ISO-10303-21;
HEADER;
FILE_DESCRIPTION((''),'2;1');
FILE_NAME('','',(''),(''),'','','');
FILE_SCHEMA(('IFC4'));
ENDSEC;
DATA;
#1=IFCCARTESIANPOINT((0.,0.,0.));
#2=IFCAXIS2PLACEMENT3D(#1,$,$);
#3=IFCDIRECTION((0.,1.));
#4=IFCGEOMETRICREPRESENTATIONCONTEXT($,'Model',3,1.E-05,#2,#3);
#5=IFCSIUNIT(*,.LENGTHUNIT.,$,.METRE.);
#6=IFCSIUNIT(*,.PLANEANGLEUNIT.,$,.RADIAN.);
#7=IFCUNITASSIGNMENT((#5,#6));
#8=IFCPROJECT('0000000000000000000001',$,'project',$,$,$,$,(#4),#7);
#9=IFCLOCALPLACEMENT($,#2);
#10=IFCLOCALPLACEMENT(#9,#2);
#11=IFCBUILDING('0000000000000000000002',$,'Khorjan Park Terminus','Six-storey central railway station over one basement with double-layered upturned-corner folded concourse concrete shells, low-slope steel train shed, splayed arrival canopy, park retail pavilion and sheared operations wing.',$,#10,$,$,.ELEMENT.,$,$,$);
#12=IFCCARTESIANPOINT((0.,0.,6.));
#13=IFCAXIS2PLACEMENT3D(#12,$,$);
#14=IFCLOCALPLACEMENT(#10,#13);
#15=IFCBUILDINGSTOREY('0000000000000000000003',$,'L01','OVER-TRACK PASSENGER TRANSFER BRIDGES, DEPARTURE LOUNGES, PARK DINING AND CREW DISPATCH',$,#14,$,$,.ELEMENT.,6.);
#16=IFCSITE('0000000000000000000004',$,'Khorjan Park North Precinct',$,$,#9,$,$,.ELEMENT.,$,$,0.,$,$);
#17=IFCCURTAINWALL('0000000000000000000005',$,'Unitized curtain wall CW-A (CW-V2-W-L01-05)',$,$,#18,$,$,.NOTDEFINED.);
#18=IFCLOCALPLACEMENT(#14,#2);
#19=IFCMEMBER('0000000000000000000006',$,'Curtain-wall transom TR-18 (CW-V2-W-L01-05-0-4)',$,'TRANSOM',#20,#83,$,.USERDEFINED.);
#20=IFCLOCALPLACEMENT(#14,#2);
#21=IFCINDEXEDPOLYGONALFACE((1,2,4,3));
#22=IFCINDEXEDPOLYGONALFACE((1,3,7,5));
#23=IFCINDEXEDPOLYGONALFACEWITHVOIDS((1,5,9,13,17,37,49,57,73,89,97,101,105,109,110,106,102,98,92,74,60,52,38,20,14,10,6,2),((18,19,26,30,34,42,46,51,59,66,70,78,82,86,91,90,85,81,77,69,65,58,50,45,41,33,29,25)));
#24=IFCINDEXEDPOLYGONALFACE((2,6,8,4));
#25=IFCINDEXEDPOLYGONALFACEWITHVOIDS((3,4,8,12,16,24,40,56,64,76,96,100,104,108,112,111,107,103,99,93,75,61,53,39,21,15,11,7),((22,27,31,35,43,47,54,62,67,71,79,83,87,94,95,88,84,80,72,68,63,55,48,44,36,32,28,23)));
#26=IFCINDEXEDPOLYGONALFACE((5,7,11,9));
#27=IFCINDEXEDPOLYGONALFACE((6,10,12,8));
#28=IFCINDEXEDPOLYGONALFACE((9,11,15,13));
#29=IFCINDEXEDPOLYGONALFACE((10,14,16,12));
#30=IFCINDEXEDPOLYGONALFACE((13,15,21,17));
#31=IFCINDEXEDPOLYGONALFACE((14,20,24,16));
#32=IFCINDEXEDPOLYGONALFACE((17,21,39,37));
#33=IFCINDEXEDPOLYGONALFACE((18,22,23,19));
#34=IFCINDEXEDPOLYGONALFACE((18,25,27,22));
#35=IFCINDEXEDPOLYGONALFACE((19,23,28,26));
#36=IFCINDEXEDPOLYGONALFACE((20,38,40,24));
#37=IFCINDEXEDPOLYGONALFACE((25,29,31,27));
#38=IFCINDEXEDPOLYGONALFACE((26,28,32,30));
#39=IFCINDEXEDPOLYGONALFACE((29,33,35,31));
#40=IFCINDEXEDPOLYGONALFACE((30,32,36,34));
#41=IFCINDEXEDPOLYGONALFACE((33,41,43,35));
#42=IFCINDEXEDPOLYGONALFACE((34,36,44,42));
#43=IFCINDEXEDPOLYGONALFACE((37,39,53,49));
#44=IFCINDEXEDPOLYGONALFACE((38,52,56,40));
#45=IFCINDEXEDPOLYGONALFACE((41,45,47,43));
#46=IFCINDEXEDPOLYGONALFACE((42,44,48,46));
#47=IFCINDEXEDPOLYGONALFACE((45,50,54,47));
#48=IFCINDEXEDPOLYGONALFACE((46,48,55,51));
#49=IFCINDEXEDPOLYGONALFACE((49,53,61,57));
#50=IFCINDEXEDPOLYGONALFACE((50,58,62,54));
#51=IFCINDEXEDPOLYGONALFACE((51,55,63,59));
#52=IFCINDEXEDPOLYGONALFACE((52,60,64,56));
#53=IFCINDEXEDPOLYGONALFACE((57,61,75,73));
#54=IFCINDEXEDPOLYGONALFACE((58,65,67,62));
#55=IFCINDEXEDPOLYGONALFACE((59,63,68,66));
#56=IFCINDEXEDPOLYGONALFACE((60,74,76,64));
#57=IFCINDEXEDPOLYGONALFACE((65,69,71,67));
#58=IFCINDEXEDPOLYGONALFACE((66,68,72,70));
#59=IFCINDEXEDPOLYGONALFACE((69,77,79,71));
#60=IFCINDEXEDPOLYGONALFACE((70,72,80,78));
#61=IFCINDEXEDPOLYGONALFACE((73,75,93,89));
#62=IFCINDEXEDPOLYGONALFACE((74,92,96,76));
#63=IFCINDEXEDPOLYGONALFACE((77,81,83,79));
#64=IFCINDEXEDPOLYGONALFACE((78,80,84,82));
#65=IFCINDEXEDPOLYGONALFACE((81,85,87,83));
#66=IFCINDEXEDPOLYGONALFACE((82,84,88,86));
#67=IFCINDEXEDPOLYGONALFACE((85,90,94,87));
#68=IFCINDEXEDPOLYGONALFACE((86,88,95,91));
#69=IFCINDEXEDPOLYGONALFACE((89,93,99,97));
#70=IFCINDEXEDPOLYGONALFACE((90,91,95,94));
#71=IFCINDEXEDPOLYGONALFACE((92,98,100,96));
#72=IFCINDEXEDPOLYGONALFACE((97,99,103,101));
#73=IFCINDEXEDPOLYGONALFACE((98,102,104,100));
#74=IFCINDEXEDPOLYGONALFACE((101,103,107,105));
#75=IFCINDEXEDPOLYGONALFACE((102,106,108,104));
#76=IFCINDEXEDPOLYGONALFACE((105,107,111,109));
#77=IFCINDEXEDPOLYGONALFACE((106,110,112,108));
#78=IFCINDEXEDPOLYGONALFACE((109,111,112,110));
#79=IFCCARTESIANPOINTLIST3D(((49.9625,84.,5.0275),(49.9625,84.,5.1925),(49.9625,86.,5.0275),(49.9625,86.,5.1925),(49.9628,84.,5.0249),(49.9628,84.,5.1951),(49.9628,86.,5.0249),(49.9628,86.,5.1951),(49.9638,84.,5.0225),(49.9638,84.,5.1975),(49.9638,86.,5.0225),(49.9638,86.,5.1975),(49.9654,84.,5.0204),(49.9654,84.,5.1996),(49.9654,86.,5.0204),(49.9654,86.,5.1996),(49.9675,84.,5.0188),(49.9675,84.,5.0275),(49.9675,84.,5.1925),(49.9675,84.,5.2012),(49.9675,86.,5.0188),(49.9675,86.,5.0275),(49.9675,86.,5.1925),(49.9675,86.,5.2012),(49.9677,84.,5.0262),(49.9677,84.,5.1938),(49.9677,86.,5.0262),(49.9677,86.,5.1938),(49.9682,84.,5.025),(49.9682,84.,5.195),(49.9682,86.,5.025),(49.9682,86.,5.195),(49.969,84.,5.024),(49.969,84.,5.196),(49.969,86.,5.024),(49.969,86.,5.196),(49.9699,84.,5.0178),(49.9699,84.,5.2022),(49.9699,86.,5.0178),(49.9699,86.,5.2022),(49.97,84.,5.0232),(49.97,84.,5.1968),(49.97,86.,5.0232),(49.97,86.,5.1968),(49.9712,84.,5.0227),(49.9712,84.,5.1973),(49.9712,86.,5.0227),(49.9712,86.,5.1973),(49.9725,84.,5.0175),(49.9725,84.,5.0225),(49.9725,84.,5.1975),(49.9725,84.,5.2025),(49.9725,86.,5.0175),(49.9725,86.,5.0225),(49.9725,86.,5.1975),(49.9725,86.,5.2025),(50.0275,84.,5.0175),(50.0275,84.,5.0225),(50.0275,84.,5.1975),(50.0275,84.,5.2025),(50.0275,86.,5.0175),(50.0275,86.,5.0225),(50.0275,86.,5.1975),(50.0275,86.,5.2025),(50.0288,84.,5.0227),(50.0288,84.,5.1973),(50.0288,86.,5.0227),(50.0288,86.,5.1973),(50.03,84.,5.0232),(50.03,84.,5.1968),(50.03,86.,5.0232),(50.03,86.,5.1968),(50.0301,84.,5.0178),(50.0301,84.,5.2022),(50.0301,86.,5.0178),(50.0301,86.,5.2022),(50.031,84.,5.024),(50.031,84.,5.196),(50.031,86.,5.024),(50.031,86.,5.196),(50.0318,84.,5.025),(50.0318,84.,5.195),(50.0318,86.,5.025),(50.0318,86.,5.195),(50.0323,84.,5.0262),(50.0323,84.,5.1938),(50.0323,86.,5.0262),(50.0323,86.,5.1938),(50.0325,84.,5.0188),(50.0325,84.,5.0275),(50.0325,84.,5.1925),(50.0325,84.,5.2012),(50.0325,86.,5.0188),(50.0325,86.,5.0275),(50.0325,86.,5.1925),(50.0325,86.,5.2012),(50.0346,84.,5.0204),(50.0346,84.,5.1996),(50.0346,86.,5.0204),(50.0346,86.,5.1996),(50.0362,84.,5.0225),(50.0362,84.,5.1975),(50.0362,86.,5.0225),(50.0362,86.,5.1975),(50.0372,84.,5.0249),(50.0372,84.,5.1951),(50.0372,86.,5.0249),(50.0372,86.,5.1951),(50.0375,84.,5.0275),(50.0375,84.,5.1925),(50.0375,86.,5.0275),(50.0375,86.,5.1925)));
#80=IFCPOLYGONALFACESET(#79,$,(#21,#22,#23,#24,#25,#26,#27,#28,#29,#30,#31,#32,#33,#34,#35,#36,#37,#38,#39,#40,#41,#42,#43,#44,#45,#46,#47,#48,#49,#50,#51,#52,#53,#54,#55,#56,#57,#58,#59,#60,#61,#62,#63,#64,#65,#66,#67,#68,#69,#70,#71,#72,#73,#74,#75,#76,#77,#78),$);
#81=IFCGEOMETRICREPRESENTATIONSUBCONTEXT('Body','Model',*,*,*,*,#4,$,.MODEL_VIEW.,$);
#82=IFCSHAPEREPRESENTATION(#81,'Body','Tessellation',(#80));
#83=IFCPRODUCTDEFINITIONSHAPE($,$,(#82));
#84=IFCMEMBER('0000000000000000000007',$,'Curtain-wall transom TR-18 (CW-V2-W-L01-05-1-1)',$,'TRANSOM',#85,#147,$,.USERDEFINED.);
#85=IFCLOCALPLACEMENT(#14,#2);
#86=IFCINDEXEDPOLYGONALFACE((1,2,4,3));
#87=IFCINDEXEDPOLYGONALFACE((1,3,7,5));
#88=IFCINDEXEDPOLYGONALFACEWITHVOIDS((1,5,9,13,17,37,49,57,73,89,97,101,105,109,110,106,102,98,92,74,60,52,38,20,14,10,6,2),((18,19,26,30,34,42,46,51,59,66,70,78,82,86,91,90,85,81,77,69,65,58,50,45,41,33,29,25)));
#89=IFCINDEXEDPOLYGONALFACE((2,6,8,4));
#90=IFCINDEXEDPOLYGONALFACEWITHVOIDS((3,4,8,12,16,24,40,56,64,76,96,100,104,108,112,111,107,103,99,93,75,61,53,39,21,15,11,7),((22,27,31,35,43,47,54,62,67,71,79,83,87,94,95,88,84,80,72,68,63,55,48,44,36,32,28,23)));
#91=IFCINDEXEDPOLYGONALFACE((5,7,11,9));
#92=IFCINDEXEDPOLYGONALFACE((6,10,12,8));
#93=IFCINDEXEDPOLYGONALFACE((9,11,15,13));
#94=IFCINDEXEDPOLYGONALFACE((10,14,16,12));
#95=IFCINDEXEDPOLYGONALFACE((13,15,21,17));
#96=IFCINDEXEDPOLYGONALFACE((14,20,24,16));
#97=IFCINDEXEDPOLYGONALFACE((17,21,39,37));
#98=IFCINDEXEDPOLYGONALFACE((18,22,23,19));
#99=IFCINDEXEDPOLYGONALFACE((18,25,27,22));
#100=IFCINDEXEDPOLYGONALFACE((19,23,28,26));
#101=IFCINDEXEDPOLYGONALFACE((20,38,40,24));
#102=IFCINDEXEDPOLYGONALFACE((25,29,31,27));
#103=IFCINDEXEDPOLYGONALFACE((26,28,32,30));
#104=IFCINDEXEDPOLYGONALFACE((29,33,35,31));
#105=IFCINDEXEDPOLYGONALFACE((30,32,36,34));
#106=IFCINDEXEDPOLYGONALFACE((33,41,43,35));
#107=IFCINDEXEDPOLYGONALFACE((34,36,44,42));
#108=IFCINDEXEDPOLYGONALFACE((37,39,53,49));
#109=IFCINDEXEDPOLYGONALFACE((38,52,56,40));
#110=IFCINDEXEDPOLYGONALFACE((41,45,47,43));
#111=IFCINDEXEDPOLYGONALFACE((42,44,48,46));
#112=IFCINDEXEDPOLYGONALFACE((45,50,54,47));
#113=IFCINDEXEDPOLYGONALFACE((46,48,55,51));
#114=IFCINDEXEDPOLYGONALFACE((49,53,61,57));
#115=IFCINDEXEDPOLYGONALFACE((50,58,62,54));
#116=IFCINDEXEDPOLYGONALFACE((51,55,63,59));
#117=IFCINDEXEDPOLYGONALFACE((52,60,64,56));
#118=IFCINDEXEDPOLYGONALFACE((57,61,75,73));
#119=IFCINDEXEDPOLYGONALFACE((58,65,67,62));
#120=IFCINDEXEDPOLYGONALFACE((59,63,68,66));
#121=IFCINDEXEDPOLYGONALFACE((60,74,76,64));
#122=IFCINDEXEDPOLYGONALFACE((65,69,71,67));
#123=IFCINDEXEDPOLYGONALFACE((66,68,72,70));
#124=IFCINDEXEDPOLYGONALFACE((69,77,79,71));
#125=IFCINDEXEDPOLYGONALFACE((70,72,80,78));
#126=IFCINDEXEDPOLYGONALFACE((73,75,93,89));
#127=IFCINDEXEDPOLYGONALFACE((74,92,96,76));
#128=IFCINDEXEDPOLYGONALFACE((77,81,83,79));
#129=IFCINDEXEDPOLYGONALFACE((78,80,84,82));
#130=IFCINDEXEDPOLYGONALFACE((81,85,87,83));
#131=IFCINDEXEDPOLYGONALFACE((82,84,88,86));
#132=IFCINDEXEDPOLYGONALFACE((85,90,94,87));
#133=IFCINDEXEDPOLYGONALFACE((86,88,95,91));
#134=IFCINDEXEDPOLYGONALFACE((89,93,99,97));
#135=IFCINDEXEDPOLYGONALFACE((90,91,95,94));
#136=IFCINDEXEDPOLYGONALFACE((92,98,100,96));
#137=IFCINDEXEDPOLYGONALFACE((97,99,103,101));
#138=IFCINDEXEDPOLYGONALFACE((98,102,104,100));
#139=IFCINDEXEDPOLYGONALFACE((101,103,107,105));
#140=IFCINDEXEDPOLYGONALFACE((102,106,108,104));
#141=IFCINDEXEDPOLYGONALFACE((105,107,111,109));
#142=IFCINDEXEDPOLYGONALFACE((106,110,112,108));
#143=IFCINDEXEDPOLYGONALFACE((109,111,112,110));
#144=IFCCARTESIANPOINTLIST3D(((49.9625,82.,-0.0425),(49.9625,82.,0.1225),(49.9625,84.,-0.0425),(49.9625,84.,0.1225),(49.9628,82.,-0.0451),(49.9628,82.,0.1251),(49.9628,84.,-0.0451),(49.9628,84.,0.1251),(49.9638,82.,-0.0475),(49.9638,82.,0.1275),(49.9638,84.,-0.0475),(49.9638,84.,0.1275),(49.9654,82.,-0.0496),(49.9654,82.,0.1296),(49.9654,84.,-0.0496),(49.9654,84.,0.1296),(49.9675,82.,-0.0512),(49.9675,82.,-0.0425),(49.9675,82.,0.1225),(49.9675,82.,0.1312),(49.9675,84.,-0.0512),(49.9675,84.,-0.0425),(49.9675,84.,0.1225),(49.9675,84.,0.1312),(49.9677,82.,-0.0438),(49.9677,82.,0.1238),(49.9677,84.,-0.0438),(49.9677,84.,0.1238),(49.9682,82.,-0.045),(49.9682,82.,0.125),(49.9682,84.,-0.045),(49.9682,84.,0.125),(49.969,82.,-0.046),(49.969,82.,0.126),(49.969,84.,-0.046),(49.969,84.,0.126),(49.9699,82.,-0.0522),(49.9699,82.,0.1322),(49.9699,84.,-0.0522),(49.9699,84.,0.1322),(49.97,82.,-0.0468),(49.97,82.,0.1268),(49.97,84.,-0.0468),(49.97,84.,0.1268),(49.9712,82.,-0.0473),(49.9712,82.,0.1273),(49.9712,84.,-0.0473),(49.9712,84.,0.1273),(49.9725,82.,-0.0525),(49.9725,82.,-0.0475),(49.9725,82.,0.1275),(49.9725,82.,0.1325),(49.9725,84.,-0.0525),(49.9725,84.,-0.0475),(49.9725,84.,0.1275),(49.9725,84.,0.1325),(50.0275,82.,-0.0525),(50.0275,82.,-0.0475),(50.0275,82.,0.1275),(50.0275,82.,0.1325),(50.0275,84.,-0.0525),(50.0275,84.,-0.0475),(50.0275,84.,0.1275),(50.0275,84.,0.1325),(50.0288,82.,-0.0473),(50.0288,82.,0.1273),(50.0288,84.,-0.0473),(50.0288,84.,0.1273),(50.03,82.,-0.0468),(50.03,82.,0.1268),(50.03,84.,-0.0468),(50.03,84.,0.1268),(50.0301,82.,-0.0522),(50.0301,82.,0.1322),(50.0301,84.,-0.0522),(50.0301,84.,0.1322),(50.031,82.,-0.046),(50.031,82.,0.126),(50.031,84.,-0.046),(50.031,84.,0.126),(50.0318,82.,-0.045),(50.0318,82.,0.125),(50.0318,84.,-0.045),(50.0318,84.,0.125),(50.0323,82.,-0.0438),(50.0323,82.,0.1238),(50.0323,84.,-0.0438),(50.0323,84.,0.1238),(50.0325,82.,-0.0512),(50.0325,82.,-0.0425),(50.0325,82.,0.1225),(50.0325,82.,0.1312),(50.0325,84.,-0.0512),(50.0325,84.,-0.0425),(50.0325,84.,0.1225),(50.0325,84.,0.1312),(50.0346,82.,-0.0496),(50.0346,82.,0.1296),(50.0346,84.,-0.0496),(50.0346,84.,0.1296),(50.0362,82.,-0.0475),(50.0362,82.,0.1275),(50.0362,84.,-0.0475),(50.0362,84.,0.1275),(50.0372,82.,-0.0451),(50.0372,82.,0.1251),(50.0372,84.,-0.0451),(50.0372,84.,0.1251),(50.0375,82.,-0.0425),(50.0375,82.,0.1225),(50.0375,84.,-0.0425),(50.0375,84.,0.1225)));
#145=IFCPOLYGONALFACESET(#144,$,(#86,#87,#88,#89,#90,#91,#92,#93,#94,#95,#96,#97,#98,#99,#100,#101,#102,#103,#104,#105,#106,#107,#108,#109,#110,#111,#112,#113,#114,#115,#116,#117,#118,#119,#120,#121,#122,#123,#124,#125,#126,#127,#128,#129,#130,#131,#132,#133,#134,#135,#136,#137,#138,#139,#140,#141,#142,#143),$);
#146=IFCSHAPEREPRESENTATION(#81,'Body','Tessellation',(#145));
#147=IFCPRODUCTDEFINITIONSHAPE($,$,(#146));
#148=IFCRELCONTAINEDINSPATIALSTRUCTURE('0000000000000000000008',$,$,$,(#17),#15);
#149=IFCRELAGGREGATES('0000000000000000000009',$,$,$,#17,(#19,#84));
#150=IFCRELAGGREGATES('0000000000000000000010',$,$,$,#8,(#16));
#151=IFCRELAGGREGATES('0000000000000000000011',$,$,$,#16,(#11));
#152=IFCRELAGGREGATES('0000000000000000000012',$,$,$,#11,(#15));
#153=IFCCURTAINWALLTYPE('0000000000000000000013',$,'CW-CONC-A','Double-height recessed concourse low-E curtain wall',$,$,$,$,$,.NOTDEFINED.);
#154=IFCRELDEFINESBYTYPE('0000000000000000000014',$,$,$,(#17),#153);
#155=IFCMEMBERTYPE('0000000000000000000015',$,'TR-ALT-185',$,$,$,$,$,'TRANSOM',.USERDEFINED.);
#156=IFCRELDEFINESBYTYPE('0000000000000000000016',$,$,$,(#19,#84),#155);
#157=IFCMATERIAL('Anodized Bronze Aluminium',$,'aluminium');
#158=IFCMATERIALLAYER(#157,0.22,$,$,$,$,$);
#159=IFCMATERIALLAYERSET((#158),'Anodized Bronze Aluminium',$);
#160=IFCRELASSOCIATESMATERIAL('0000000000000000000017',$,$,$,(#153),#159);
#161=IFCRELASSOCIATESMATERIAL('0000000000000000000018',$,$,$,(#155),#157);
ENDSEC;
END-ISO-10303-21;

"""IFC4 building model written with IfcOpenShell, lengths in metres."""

from ifc_helpers import new_model, si_unit, direction, frame, origin, origin_2d, place, context, subcontext, project, spatial, hollow_rectangle, extrude, material, layer, layer_set, material_profile, profile_set, type_object, element, aggregate, save


model = new_model("IFC4")

# Units and contexts
model_context = context("Model", 3, precision=1e-05, world=origin(), true_north=direction((0.0, 1.0)))
body_context = subcontext(model_context, "Body", "Model", "MODEL_VIEW")
ifc_project = project(units=[si_unit("LENGTHUNIT", "METRE"), si_unit("PLANEANGLEUNIT", "RADIAN")], contexts=[model_context])

# Site, building, storey
site_placement = place(None, origin())
site = spatial("IfcSite", under=ifc_project, at=site_placement, Name="Khorjan Park North Precinct", CompositionType="ELEMENT", RefElevation=0.0)
building_placement = place(site_placement, origin())
building = spatial("IfcBuilding", under=site, at=building_placement, Name="Khorjan Park Terminus", Description="Six-storey central railway station over one basement with double-layered upturned-corner folded concourse concrete shells, low-slope steel train shed, splayed arrival canopy, park retail pavilion and sheared operations wing.", CompositionType="ELEMENT")
storey_placement = place(building_placement, frame((0.0, 0.0, 6.0)))
storey = spatial("IfcBuildingStorey", under=building, at=storey_placement, Name="L01", Description="OVER-TRACK PASSENGER TRANSFER BRIDGES, DEPARTURE LOUNGES, PARK DINING AND CREW DISPATCH", CompositionType="ELEMENT", Elevation=6.0)

# Shared definitions
ifc_material_1 = material(Name="Anodized Bronze Aluminium", Category="aluminium")
ifc_layer_1 = layer(ifc_material_1, 0.22)
ifc_layer_set_1 = layer_set([ifc_layer_1], Name="Anodized Bronze Aluminium")
curtain_wall_type_1 = type_object("IfcCurtainWallType", Name="CW-CONC-A", Description="Double-height recessed concourse low-E curtain wall", PredefinedType="NOTDEFINED", material=ifc_layer_set_1)

# Curtain wall
curtain_wall_1_placement = place(storey_placement, origin())
curtain_wall_1 = element("IfcCurtainWall", 1, at=curtain_wall_1_placement, inside=storey, type_object=curtain_wall_type_1, Name="Unitized curtain wall CW-A (CW-V2-W-L01-05)", PredefinedType="NOTDEFINED")

# Members
ifc_material_profile_1 = material_profile(ifc_material_1, hollow_rectangle(XDim=0.075, YDim=0.185, WallThickness=0.005, InnerFilletRadius=0.005, OuterFilletRadius=0.01, at=origin_2d()), Name="ALT 75x185x5")
ifc_profile_set_1 = profile_set([ifc_material_profile_1], Name="Anodized Bronze Aluminium")
member_type_1 = type_object("IfcMemberType", Name="TR-ALT-185", ElementType="TRANSOM", PredefinedType="USERDEFINED", material=ifc_profile_set_1)
member_1_placement = place(storey_placement, frame((50.0, 86.0, 5.11), z_axis=(0.0, -1.0, 0.0), x_axis=(1.0, 0.0, 0.0)))
member_1 = element("IfcMember", 2, at=member_1_placement, type_object=member_type_1, Name="Curtain-wall transom TR-18 (CW-V2-W-L01-05-0-4)", ObjectType="TRANSOM", PredefinedType="USERDEFINED", context=body_context, shape_type="SweptSolid", body=[
    extrude(hollow_rectangle(XDim=0.075, YDim=0.185, WallThickness=0.005, InnerFilletRadius=0.005, OuterFilletRadius=0.01, at=origin_2d()), origin(), (0.0, 0.0, 1.0), 2.0),
])
member_2_placement = place(storey_placement, frame((50.0, 84.0, 0.04), z_axis=(0.0, -1.0, 0.0), x_axis=(1.0, 0.0, 0.0)))
member_2 = element("IfcMember", 3, at=member_2_placement, type_object=member_type_1, Name="Curtain-wall transom TR-18 (CW-V2-W-L01-05-1-1)", ObjectType="TRANSOM", PredefinedType="USERDEFINED", context=body_context, shape_type="SweptSolid", body=[
    extrude(hollow_rectangle(XDim=0.075, YDim=0.185, WallThickness=0.005, InnerFilletRadius=0.005, OuterFilletRadius=0.01, at=origin_2d()), origin(), (0.0, 0.0, 1.0), 2.0),
])

aggregate(curtain_wall_1, [member_1, member_2])

save(model, "model.ifc")
